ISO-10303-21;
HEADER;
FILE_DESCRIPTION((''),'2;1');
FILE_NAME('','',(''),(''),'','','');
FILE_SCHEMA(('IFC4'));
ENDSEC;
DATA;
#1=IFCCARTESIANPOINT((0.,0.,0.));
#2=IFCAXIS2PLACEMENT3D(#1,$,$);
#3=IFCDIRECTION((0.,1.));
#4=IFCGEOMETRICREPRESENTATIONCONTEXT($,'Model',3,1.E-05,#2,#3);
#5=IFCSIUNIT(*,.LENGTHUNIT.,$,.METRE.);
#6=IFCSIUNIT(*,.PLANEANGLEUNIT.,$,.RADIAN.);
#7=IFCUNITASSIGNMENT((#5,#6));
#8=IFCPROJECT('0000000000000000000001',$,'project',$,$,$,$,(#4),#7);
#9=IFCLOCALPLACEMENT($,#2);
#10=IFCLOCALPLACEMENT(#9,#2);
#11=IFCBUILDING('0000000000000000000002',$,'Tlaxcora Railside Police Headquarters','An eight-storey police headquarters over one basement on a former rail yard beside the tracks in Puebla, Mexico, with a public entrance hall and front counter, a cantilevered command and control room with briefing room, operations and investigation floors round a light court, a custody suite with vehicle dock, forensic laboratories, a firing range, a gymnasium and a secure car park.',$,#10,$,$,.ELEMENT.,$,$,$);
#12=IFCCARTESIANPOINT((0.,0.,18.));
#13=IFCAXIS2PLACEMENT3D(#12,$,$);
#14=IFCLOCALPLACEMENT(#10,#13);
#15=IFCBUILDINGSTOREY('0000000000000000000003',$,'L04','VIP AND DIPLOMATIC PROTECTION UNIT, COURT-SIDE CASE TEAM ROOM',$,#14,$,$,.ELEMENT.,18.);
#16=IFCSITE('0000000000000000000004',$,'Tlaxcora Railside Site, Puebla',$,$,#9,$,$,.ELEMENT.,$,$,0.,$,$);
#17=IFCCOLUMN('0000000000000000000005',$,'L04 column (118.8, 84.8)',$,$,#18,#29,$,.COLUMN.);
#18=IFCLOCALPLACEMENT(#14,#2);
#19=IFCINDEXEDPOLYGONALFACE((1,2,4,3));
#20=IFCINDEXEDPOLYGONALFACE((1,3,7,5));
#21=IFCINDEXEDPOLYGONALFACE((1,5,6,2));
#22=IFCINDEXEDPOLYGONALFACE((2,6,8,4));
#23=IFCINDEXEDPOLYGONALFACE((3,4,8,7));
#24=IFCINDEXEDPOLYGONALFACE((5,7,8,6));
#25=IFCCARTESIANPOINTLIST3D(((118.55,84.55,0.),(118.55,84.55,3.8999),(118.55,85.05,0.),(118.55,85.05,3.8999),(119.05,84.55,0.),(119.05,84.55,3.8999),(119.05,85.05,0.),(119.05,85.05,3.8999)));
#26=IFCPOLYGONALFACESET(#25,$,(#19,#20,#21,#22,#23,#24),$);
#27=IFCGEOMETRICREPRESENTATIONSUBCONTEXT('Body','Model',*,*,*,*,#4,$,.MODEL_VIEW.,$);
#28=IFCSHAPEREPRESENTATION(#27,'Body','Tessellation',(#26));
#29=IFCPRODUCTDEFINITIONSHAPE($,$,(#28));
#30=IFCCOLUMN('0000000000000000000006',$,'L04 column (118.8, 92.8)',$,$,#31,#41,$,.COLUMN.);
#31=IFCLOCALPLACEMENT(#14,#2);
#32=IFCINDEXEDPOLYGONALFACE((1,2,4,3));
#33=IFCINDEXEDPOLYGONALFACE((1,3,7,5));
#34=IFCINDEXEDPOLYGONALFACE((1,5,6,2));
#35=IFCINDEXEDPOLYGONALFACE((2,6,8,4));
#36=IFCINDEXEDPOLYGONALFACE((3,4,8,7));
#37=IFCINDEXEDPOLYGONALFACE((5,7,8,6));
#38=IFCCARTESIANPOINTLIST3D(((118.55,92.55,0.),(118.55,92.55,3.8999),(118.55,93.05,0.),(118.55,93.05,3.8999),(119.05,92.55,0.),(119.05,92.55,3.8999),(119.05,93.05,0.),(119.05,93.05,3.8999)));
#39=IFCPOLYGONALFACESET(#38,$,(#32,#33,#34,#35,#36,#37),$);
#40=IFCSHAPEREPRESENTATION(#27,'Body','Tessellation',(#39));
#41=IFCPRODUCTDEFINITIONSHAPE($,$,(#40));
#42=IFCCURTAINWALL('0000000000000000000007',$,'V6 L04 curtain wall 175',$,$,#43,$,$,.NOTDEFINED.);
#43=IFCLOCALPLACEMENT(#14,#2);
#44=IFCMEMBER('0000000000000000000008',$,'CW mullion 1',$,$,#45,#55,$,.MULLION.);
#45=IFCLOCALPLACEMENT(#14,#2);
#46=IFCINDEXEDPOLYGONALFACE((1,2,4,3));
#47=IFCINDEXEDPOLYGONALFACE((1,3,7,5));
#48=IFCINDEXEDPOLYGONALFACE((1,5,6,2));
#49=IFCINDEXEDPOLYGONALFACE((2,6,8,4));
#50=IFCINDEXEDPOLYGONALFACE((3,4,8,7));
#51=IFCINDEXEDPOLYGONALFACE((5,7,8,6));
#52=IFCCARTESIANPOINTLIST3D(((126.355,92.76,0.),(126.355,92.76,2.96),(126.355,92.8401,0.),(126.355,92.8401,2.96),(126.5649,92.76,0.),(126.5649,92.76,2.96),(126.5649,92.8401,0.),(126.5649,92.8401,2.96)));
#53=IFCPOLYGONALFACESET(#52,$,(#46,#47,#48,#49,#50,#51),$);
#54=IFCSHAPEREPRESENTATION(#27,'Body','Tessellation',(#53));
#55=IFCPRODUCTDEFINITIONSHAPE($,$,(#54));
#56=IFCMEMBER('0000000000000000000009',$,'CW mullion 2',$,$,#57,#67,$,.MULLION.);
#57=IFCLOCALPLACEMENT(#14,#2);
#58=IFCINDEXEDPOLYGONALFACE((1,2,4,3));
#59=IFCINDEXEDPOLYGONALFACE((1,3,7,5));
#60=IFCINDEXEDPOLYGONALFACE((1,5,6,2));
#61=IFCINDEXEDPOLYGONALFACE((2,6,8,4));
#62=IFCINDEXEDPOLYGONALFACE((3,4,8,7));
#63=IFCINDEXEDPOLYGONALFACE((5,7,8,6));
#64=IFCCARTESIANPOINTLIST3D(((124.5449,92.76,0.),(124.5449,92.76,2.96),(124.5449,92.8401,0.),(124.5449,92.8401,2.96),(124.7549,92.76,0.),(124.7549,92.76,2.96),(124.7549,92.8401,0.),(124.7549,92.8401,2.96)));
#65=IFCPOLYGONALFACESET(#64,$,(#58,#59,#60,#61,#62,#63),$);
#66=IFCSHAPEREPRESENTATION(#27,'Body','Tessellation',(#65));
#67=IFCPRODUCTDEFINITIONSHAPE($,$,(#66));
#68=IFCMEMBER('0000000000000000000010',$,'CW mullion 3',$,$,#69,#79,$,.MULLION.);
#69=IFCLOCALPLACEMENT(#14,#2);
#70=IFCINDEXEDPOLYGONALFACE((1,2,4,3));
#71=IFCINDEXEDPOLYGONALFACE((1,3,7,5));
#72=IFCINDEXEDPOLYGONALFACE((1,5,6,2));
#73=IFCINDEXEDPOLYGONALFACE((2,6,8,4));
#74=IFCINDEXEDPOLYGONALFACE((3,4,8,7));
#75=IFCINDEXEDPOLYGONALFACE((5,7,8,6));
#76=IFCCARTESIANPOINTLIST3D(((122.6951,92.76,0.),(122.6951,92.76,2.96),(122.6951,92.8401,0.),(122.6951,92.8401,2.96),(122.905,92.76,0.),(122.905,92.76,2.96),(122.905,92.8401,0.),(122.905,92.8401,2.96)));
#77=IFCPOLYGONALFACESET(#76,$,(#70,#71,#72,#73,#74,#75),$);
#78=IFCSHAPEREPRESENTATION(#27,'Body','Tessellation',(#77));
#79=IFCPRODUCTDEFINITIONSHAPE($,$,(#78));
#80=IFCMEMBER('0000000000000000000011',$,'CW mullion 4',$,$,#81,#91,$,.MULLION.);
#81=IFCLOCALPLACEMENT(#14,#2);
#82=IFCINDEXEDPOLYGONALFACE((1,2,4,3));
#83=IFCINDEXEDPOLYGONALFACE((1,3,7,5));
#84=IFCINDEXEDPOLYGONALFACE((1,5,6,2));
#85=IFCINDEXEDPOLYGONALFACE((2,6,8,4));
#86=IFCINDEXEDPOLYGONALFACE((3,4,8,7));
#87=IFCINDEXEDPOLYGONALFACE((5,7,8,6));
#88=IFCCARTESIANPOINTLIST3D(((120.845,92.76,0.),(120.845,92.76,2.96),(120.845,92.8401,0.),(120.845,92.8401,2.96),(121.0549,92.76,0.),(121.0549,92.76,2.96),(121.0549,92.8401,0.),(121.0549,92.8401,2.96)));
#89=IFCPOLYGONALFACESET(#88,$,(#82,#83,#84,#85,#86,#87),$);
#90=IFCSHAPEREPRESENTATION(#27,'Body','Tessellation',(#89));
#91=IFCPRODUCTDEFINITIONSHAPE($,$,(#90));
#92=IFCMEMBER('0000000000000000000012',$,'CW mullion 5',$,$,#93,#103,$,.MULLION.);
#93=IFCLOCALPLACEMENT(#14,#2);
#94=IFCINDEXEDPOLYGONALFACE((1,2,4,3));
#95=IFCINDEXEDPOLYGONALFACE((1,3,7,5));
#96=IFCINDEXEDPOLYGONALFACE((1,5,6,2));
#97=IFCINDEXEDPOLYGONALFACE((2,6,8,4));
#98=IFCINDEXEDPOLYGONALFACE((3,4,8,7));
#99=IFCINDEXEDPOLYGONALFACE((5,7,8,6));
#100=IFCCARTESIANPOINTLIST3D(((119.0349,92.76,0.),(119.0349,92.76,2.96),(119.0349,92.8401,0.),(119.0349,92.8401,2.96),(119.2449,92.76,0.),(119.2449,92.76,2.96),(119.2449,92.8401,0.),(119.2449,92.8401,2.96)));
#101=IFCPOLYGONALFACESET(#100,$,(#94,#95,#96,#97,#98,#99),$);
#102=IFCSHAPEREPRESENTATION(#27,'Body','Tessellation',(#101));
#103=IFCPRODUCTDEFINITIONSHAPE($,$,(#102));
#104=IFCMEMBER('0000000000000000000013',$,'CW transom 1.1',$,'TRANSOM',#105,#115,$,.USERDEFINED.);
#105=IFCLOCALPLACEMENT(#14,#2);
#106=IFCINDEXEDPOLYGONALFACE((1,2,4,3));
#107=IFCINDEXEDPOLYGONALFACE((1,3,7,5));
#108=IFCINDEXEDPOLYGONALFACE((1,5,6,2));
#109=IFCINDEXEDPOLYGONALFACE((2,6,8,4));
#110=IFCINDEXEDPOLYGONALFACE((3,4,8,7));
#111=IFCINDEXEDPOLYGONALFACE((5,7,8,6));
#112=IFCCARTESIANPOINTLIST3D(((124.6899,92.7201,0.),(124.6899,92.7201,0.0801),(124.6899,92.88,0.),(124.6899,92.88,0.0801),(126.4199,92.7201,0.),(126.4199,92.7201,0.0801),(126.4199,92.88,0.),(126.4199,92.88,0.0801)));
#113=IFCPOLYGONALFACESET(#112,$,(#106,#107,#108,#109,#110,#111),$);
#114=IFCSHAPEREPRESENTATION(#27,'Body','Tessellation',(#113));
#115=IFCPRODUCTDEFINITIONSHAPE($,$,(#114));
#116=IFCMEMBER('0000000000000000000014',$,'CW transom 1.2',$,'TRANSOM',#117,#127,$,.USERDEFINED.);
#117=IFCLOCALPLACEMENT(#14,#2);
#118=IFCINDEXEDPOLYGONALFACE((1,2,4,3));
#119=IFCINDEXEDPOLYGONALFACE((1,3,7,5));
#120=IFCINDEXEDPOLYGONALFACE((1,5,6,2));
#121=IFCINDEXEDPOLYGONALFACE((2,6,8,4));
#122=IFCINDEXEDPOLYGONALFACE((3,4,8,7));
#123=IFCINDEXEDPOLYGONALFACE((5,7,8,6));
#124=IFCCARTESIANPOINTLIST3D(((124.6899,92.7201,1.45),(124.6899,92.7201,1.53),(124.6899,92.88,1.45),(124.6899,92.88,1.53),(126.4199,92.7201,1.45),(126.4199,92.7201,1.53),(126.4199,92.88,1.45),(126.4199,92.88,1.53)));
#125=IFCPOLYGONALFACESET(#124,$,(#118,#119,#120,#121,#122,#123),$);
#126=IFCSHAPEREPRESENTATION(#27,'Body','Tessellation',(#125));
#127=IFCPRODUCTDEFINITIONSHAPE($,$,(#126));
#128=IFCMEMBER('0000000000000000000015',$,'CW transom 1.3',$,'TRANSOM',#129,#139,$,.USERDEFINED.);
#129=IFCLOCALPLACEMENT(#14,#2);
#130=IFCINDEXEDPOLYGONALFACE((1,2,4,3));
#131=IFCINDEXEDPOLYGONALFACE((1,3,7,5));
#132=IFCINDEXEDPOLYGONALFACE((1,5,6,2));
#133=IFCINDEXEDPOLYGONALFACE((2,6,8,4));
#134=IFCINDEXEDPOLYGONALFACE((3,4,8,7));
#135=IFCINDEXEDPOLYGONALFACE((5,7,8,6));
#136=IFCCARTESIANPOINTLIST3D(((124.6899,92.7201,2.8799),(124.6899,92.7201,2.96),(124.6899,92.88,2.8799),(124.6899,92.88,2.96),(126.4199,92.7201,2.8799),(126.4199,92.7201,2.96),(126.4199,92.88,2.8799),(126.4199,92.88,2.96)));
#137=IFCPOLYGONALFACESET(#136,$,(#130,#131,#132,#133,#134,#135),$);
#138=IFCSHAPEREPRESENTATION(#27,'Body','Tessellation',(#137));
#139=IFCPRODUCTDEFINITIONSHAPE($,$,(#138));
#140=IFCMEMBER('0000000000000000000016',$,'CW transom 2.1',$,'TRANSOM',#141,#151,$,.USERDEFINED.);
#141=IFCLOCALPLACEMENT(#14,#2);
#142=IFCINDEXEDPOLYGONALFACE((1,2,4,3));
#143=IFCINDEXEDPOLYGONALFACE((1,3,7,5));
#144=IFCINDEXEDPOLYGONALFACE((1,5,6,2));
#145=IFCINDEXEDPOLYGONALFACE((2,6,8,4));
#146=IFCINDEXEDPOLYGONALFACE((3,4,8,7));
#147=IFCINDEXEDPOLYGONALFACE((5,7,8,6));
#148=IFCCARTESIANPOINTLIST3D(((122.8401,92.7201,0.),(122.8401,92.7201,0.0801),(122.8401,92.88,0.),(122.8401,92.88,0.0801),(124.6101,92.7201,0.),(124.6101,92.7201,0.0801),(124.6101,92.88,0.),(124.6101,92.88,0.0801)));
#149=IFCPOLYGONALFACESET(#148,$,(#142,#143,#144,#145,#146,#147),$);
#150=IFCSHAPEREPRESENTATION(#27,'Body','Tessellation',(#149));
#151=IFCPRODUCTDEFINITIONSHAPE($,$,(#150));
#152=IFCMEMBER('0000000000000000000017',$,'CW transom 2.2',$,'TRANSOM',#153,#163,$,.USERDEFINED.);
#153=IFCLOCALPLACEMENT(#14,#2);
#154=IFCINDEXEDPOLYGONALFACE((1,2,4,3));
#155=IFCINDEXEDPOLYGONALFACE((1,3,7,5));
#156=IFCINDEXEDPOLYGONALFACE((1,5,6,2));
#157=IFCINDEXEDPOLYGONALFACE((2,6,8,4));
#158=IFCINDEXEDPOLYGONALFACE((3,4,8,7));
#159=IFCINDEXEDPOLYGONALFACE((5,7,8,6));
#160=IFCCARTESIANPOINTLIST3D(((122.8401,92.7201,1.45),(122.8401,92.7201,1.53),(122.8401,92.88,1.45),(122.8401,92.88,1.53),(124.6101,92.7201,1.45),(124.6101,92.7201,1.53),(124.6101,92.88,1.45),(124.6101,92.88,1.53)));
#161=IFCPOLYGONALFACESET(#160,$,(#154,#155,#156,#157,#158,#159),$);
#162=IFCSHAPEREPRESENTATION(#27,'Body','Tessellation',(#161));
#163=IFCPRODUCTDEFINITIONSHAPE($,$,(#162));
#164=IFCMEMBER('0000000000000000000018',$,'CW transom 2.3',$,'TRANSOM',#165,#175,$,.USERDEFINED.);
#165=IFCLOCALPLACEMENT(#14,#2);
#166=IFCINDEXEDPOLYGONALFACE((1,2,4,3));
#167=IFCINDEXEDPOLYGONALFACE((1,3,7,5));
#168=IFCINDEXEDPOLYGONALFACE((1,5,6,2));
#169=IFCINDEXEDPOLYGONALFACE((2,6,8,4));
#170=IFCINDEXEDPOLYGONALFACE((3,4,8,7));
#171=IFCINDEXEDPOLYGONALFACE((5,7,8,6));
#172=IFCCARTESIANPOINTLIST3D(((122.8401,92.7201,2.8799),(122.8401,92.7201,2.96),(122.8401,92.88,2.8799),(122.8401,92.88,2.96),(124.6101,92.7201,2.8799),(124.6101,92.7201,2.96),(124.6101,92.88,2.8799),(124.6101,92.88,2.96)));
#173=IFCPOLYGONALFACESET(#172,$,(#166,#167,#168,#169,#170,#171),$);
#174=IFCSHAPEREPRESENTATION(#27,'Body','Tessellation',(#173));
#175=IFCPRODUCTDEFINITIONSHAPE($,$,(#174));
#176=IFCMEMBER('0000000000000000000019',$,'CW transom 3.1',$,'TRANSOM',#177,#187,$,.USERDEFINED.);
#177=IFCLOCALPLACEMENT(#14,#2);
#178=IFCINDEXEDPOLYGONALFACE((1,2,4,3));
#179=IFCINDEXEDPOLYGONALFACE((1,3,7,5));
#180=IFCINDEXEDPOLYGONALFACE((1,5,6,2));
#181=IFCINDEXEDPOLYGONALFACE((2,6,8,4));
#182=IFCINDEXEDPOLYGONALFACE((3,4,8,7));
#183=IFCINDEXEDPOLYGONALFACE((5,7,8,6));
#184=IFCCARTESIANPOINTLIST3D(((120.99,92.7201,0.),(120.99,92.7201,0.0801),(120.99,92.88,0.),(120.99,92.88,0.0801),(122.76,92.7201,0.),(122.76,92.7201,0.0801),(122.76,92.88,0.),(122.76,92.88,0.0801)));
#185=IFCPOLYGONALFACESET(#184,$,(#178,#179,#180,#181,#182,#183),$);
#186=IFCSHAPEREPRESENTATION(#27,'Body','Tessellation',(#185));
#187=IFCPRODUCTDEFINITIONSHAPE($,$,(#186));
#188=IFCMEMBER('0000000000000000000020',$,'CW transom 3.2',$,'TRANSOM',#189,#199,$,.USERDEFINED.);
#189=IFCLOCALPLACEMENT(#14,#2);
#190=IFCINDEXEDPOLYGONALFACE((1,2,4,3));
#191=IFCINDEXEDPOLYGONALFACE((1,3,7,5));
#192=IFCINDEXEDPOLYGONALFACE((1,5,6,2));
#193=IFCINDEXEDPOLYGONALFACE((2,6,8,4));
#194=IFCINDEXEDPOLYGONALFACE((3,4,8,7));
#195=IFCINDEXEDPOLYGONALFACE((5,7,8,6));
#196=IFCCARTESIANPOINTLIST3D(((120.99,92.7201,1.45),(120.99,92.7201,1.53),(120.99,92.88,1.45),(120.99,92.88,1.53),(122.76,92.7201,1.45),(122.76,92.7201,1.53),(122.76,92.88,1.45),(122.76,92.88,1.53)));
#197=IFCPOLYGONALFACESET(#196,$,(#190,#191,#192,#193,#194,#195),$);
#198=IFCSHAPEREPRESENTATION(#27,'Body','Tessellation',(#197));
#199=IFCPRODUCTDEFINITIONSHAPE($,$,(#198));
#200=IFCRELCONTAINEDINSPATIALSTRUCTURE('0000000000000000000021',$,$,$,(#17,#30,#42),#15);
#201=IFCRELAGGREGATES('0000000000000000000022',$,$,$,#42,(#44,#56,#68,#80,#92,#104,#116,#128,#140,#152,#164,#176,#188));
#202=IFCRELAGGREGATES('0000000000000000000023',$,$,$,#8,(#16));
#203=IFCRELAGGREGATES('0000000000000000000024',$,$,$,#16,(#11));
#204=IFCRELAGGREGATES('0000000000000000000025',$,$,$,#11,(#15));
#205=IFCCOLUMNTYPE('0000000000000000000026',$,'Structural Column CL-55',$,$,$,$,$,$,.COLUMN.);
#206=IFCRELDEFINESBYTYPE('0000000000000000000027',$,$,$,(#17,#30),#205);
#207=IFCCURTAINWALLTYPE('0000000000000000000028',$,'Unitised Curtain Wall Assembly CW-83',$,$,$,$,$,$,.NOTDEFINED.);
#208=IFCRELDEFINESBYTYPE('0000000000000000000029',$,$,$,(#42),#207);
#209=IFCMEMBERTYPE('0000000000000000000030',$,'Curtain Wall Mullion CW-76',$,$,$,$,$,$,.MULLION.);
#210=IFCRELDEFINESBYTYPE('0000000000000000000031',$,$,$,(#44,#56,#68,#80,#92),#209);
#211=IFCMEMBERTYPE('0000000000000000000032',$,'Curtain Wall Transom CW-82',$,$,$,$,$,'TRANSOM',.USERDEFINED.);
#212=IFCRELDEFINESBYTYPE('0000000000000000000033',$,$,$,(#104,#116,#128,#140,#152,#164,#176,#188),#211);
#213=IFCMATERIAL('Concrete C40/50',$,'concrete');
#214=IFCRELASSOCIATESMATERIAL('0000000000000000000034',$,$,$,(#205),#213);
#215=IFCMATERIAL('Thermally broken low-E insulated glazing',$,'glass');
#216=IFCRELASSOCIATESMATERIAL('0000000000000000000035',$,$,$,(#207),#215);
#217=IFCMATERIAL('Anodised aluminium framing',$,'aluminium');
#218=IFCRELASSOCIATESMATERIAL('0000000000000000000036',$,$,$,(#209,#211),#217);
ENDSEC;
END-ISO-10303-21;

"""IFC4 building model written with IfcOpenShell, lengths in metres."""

from ifc_helpers import new_model, si_unit, direction, frame, origin, origin_2d, place, context, subcontext, project, spatial, rectangle, extrude, material, material_profile, profile_set, type_object, element, aggregate, save


model = new_model("IFC4")

# Units and contexts
model_context = context("Model", 3, precision=1e-05, world=origin(), true_north=direction((0.0, 1.0)))
body_context = subcontext(model_context, "Body", "Model", "MODEL_VIEW")
ifc_project = project(units=[si_unit("LENGTHUNIT", "METRE"), si_unit("PLANEANGLEUNIT", "RADIAN")], contexts=[model_context])

# Site, building, storey
site_placement = place(None, origin())
site = spatial("IfcSite", under=ifc_project, at=site_placement, Name="Tlaxcora Railside Site, Puebla", CompositionType="ELEMENT", RefElevation=0.0)
building_placement = place(site_placement, origin())
building = spatial("IfcBuilding", under=site, at=building_placement, Name="Tlaxcora Railside Police Headquarters", Description="An eight-storey police headquarters over one basement on a former rail yard beside the tracks in Puebla, Mexico, with a public entrance hall and front counter, a cantilevered command and control room with briefing room, operations and investigation floors round a light court, a custody suite with vehicle dock, forensic laboratories, a firing range, a gymnasium and a secure car park.", CompositionType="ELEMENT")
storey_placement = place(building_placement, frame((0.0, 0.0, 18.0)))
storey = spatial("IfcBuildingStorey", under=building, at=storey_placement, Name="L04", Description="VIP AND DIPLOMATIC PROTECTION UNIT, COURT-SIDE CASE TEAM ROOM", CompositionType="ELEMENT", Elevation=18.0)

# Columns
ifc_material_1 = material(Name="Concrete C40/50", Category="concrete")
ifc_material_profile_1 = material_profile(ifc_material_1, rectangle(XDim=0.5, YDim=0.5, at=origin_2d()), Name="RC500X500")
ifc_profile_set_1 = profile_set([ifc_material_profile_1], Name="Concrete C40/50")
column_type = type_object("IfcColumnType", Name="Structural Column CL-55", PredefinedType="COLUMN", material=ifc_profile_set_1)
for number, where, z_axis, x_axis, name in (
    (1, (118.8, 84.8, 0.0), (0.0, 0.0, 1.0), (1.0, 0.0, 0.0), "L04 column (118.8, 84.8)"),
    (2, (118.8, 92.8, 0.0), (0.0, 0.0, 1.0), (1.0, 0.0, 0.0), "L04 column (118.8, 92.8)"),
):
    element("IfcColumn", number, at=place(storey_placement, frame(where, z_axis=z_axis, x_axis=x_axis)), inside=storey, type_object=column_type, Name=name, PredefinedType="COLUMN", context=body_context, shape_type="SweptSolid", body=[
        extrude(rectangle(XDim=0.5, YDim=0.5, at=origin_2d()), origin(), (0.0, 0.0, 1.0), 3.8999),
    ])

# Curtain wall, members
ifc_material_2 = material(Name="Thermally broken low-E insulated glazing", Category="glass")
curtain_wall_type = type_object("IfcCurtainWallType", Name="Unitised Curtain Wall Assembly CW-83", PredefinedType="NOTDEFINED", material=ifc_material_2)
curtain_wall_placement = place(storey_placement, origin())
curtain_wall = element("IfcCurtainWall", 3, at=curtain_wall_placement, inside=storey, type_object=curtain_wall_type, Name="V6 L04 curtain wall 175", PredefinedType="NOTDEFINED")
ifc_material_3 = material(Name="Anodised aluminium framing", Category="aluminium")
ifc_material_profile_2 = material_profile(ifc_material_3, rectangle(XDim=0.0801, YDim=0.21, at=origin_2d()), Name="AL80X210")
ifc_profile_set_2 = profile_set([ifc_material_profile_2], Name="Anodised aluminium framing")
member_type_1 = type_object("IfcMemberType", Name="Curtain Wall Mullion CW-76", PredefinedType="MULLION", material=ifc_profile_set_2)
member_1_placement = place(storey_placement, frame((126.46, 92.8, 0.0), z_axis=(0.0, 0.0, 1.0), x_axis=(0.0, -1.0, 0.0)))
member_1 = element("IfcMember", 4, at=member_1_placement, type_object=member_type_1, Name="CW mullion 1", PredefinedType="MULLION", context=body_context, shape_type="SweptSolid", body=[
    extrude(rectangle(XDim=0.0801, YDim=0.21, at=origin_2d()), origin(), (0.0, 0.0, 1.0), 2.96),
])
member_2_placement = place(storey_placement, frame((124.6499, 92.8, 0.0), z_axis=(0.0, 0.0, 1.0), x_axis=(0.0, -1.0, 0.0)))
member_2 = element("IfcMember", 5, at=member_2_placement, type_object=member_type_1, Name="CW mullion 2", PredefinedType="MULLION", context=body_context, shape_type="SweptSolid", body=[
    extrude(rectangle(XDim=0.0801, YDim=0.21, at=origin_2d()), origin(), (0.0, 0.0, 1.0), 2.96),
])
member_3_placement = place(storey_placement, frame((122.8, 92.8, 0.0), z_axis=(0.0, 0.0, 1.0), x_axis=(0.0, -1.0, 0.0)))
member_3 = element("IfcMember", 6, at=member_3_placement, type_object=member_type_1, Name="CW mullion 3", PredefinedType="MULLION", context=body_context, shape_type="SweptSolid", body=[
    extrude(rectangle(XDim=0.0801, YDim=0.21, at=origin_2d()), origin(), (0.0, 0.0, 1.0), 2.96),
])
member_4_placement = place(storey_placement, frame((120.95, 92.8, 0.0), z_axis=(0.0, 0.0, 1.0), x_axis=(0.0, -1.0, 0.0)))
member_4 = element("IfcMember", 7, at=member_4_placement, type_object=member_type_1, Name="CW mullion 4", PredefinedType="MULLION", context=body_context, shape_type="SweptSolid", body=[
    extrude(rectangle(XDim=0.0801, YDim=0.21, at=origin_2d()), origin(), (0.0, 0.0, 1.0), 2.96),
])
member_5_placement = place(storey_placement, frame((119.1399, 92.8, 0.0), z_axis=(0.0, 0.0, 1.0), x_axis=(0.0, -1.0, 0.0)))
member_5 = element("IfcMember", 8, at=member_5_placement, type_object=member_type_1, Name="CW mullion 5", PredefinedType="MULLION", context=body_context, shape_type="SweptSolid", body=[
    extrude(rectangle(XDim=0.0801, YDim=0.21, at=origin_2d()), origin(), (0.0, 0.0, 1.0), 2.96),
])
ifc_material_profile_3 = material_profile(ifc_material_3, rectangle(XDim=0.1599, YDim=0.0801, at=origin_2d()), Name="AL80X160")
ifc_profile_set_3 = profile_set([ifc_material_profile_3], Name="Anodised aluminium framing")
member_type_2 = type_object("IfcMemberType", Name="Curtain Wall Transom CW-82", ElementType="TRANSOM", PredefinedType="USERDEFINED", material=ifc_profile_set_3)
member_6_placement = place(storey_placement, frame((126.4199, 92.8, 0.04), z_axis=(-1.0, 0.0, 0.0), x_axis=(0.0, -1.0, 0.0)))
member_6 = element("IfcMember", 9, at=member_6_placement, type_object=member_type_2, Name="CW transom 1.1", ObjectType="TRANSOM", PredefinedType="USERDEFINED", context=body_context, shape_type="SweptSolid", body=[
    extrude(rectangle(XDim=0.1599, YDim=0.0801, at=origin_2d()), origin(), (0.0, 0.0, 1.0), 1.73),
])
member_7_placement = place(storey_placement, frame((126.4199, 92.8, 1.49), z_axis=(-1.0, 0.0, 0.0), x_axis=(0.0, -1.0, 0.0)))
member_7 = element("IfcMember", 10, at=member_7_placement, type_object=member_type_2, Name="CW transom 1.2", ObjectType="TRANSOM", PredefinedType="USERDEFINED", context=body_context, shape_type="SweptSolid", body=[
    extrude(rectangle(XDim=0.1599, YDim=0.0801, at=origin_2d()), origin(), (0.0, 0.0, 1.0), 1.73),
])
member_8_placement = place(storey_placement, frame((126.4199, 92.8, 2.9199), z_axis=(-1.0, 0.0, 0.0), x_axis=(0.0, -1.0, 0.0)))
member_8 = element("IfcMember", 11, at=member_8_placement, type_object=member_type_2, Name="CW transom 1.3", ObjectType="TRANSOM", PredefinedType="USERDEFINED", context=body_context, shape_type="SweptSolid", body=[
    extrude(rectangle(XDim=0.1599, YDim=0.0801, at=origin_2d()), origin(), (0.0, 0.0, 1.0), 1.73),
])
member_9_placement = place(storey_placement, frame((124.6101, 92.8, 0.04), z_axis=(-1.0, 0.0, 0.0), x_axis=(0.0, -1.0, 0.0)))
member_9 = element("IfcMember", 12, at=member_9_placement, type_object=member_type_2, Name="CW transom 2.1", ObjectType="TRANSOM", PredefinedType="USERDEFINED", context=body_context, shape_type="SweptSolid", body=[
    extrude(rectangle(XDim=0.1599, YDim=0.0801, at=origin_2d()), origin(), (0.0, 0.0, 1.0), 1.77),
])
member_10_placement = place(storey_placement, frame((124.6101, 92.8, 1.49), z_axis=(-1.0, 0.0, 0.0), x_axis=(0.0, -1.0, 0.0)))
member_10 = element("IfcMember", 13, at=member_10_placement, type_object=member_type_2, Name="CW transom 2.2", ObjectType="TRANSOM", PredefinedType="USERDEFINED", context=body_context, shape_type="SweptSolid", body=[
    extrude(rectangle(XDim=0.1599, YDim=0.0801, at=origin_2d()), origin(), (0.0, 0.0, 1.0), 1.77),
])
member_11_placement = place(storey_placement, frame((124.6101, 92.8, 2.9199), z_axis=(-1.0, 0.0, 0.0), x_axis=(0.0, -1.0, 0.0)))
member_11 = element("IfcMember", 14, at=member_11_placement, type_object=member_type_2, Name="CW transom 2.3", ObjectType="TRANSOM", PredefinedType="USERDEFINED", context=body_context, shape_type="SweptSolid", body=[
    extrude(rectangle(XDim=0.1599, YDim=0.0801, at=origin_2d()), origin(), (0.0, 0.0, 1.0), 1.77),
])
member_12_placement = place(storey_placement, frame((122.76, 92.8, 0.04), z_axis=(-1.0, 0.0, 0.0), x_axis=(0.0, -1.0, 0.0)))
member_12 = element("IfcMember", 15, at=member_12_placement, type_object=member_type_2, Name="CW transom 3.1", ObjectType="TRANSOM", PredefinedType="USERDEFINED", context=body_context, shape_type="SweptSolid", body=[
    extrude(rectangle(XDim=0.1599, YDim=0.0801, at=origin_2d()), origin(), (0.0, 0.0, 1.0), 1.77),
])
member_13_placement = place(storey_placement, frame((122.76, 92.8, 1.49), z_axis=(-1.0, 0.0, 0.0), x_axis=(0.0, -1.0, 0.0)))
member_13 = element("IfcMember", 16, at=member_13_placement, type_object=member_type_2, Name="CW transom 3.2", ObjectType="TRANSOM", PredefinedType="USERDEFINED", context=body_context, shape_type="SweptSolid", body=[
    extrude(rectangle(XDim=0.1599, YDim=0.0801, at=origin_2d()), origin(), (0.0, 0.0, 1.0), 1.77),
])

aggregate(curtain_wall, [member_1, member_2, member_3, member_4, member_5, member_6, member_7, member_8, member_9, member_10, member_11, member_12, member_13])

save(model, "model.ifc")
